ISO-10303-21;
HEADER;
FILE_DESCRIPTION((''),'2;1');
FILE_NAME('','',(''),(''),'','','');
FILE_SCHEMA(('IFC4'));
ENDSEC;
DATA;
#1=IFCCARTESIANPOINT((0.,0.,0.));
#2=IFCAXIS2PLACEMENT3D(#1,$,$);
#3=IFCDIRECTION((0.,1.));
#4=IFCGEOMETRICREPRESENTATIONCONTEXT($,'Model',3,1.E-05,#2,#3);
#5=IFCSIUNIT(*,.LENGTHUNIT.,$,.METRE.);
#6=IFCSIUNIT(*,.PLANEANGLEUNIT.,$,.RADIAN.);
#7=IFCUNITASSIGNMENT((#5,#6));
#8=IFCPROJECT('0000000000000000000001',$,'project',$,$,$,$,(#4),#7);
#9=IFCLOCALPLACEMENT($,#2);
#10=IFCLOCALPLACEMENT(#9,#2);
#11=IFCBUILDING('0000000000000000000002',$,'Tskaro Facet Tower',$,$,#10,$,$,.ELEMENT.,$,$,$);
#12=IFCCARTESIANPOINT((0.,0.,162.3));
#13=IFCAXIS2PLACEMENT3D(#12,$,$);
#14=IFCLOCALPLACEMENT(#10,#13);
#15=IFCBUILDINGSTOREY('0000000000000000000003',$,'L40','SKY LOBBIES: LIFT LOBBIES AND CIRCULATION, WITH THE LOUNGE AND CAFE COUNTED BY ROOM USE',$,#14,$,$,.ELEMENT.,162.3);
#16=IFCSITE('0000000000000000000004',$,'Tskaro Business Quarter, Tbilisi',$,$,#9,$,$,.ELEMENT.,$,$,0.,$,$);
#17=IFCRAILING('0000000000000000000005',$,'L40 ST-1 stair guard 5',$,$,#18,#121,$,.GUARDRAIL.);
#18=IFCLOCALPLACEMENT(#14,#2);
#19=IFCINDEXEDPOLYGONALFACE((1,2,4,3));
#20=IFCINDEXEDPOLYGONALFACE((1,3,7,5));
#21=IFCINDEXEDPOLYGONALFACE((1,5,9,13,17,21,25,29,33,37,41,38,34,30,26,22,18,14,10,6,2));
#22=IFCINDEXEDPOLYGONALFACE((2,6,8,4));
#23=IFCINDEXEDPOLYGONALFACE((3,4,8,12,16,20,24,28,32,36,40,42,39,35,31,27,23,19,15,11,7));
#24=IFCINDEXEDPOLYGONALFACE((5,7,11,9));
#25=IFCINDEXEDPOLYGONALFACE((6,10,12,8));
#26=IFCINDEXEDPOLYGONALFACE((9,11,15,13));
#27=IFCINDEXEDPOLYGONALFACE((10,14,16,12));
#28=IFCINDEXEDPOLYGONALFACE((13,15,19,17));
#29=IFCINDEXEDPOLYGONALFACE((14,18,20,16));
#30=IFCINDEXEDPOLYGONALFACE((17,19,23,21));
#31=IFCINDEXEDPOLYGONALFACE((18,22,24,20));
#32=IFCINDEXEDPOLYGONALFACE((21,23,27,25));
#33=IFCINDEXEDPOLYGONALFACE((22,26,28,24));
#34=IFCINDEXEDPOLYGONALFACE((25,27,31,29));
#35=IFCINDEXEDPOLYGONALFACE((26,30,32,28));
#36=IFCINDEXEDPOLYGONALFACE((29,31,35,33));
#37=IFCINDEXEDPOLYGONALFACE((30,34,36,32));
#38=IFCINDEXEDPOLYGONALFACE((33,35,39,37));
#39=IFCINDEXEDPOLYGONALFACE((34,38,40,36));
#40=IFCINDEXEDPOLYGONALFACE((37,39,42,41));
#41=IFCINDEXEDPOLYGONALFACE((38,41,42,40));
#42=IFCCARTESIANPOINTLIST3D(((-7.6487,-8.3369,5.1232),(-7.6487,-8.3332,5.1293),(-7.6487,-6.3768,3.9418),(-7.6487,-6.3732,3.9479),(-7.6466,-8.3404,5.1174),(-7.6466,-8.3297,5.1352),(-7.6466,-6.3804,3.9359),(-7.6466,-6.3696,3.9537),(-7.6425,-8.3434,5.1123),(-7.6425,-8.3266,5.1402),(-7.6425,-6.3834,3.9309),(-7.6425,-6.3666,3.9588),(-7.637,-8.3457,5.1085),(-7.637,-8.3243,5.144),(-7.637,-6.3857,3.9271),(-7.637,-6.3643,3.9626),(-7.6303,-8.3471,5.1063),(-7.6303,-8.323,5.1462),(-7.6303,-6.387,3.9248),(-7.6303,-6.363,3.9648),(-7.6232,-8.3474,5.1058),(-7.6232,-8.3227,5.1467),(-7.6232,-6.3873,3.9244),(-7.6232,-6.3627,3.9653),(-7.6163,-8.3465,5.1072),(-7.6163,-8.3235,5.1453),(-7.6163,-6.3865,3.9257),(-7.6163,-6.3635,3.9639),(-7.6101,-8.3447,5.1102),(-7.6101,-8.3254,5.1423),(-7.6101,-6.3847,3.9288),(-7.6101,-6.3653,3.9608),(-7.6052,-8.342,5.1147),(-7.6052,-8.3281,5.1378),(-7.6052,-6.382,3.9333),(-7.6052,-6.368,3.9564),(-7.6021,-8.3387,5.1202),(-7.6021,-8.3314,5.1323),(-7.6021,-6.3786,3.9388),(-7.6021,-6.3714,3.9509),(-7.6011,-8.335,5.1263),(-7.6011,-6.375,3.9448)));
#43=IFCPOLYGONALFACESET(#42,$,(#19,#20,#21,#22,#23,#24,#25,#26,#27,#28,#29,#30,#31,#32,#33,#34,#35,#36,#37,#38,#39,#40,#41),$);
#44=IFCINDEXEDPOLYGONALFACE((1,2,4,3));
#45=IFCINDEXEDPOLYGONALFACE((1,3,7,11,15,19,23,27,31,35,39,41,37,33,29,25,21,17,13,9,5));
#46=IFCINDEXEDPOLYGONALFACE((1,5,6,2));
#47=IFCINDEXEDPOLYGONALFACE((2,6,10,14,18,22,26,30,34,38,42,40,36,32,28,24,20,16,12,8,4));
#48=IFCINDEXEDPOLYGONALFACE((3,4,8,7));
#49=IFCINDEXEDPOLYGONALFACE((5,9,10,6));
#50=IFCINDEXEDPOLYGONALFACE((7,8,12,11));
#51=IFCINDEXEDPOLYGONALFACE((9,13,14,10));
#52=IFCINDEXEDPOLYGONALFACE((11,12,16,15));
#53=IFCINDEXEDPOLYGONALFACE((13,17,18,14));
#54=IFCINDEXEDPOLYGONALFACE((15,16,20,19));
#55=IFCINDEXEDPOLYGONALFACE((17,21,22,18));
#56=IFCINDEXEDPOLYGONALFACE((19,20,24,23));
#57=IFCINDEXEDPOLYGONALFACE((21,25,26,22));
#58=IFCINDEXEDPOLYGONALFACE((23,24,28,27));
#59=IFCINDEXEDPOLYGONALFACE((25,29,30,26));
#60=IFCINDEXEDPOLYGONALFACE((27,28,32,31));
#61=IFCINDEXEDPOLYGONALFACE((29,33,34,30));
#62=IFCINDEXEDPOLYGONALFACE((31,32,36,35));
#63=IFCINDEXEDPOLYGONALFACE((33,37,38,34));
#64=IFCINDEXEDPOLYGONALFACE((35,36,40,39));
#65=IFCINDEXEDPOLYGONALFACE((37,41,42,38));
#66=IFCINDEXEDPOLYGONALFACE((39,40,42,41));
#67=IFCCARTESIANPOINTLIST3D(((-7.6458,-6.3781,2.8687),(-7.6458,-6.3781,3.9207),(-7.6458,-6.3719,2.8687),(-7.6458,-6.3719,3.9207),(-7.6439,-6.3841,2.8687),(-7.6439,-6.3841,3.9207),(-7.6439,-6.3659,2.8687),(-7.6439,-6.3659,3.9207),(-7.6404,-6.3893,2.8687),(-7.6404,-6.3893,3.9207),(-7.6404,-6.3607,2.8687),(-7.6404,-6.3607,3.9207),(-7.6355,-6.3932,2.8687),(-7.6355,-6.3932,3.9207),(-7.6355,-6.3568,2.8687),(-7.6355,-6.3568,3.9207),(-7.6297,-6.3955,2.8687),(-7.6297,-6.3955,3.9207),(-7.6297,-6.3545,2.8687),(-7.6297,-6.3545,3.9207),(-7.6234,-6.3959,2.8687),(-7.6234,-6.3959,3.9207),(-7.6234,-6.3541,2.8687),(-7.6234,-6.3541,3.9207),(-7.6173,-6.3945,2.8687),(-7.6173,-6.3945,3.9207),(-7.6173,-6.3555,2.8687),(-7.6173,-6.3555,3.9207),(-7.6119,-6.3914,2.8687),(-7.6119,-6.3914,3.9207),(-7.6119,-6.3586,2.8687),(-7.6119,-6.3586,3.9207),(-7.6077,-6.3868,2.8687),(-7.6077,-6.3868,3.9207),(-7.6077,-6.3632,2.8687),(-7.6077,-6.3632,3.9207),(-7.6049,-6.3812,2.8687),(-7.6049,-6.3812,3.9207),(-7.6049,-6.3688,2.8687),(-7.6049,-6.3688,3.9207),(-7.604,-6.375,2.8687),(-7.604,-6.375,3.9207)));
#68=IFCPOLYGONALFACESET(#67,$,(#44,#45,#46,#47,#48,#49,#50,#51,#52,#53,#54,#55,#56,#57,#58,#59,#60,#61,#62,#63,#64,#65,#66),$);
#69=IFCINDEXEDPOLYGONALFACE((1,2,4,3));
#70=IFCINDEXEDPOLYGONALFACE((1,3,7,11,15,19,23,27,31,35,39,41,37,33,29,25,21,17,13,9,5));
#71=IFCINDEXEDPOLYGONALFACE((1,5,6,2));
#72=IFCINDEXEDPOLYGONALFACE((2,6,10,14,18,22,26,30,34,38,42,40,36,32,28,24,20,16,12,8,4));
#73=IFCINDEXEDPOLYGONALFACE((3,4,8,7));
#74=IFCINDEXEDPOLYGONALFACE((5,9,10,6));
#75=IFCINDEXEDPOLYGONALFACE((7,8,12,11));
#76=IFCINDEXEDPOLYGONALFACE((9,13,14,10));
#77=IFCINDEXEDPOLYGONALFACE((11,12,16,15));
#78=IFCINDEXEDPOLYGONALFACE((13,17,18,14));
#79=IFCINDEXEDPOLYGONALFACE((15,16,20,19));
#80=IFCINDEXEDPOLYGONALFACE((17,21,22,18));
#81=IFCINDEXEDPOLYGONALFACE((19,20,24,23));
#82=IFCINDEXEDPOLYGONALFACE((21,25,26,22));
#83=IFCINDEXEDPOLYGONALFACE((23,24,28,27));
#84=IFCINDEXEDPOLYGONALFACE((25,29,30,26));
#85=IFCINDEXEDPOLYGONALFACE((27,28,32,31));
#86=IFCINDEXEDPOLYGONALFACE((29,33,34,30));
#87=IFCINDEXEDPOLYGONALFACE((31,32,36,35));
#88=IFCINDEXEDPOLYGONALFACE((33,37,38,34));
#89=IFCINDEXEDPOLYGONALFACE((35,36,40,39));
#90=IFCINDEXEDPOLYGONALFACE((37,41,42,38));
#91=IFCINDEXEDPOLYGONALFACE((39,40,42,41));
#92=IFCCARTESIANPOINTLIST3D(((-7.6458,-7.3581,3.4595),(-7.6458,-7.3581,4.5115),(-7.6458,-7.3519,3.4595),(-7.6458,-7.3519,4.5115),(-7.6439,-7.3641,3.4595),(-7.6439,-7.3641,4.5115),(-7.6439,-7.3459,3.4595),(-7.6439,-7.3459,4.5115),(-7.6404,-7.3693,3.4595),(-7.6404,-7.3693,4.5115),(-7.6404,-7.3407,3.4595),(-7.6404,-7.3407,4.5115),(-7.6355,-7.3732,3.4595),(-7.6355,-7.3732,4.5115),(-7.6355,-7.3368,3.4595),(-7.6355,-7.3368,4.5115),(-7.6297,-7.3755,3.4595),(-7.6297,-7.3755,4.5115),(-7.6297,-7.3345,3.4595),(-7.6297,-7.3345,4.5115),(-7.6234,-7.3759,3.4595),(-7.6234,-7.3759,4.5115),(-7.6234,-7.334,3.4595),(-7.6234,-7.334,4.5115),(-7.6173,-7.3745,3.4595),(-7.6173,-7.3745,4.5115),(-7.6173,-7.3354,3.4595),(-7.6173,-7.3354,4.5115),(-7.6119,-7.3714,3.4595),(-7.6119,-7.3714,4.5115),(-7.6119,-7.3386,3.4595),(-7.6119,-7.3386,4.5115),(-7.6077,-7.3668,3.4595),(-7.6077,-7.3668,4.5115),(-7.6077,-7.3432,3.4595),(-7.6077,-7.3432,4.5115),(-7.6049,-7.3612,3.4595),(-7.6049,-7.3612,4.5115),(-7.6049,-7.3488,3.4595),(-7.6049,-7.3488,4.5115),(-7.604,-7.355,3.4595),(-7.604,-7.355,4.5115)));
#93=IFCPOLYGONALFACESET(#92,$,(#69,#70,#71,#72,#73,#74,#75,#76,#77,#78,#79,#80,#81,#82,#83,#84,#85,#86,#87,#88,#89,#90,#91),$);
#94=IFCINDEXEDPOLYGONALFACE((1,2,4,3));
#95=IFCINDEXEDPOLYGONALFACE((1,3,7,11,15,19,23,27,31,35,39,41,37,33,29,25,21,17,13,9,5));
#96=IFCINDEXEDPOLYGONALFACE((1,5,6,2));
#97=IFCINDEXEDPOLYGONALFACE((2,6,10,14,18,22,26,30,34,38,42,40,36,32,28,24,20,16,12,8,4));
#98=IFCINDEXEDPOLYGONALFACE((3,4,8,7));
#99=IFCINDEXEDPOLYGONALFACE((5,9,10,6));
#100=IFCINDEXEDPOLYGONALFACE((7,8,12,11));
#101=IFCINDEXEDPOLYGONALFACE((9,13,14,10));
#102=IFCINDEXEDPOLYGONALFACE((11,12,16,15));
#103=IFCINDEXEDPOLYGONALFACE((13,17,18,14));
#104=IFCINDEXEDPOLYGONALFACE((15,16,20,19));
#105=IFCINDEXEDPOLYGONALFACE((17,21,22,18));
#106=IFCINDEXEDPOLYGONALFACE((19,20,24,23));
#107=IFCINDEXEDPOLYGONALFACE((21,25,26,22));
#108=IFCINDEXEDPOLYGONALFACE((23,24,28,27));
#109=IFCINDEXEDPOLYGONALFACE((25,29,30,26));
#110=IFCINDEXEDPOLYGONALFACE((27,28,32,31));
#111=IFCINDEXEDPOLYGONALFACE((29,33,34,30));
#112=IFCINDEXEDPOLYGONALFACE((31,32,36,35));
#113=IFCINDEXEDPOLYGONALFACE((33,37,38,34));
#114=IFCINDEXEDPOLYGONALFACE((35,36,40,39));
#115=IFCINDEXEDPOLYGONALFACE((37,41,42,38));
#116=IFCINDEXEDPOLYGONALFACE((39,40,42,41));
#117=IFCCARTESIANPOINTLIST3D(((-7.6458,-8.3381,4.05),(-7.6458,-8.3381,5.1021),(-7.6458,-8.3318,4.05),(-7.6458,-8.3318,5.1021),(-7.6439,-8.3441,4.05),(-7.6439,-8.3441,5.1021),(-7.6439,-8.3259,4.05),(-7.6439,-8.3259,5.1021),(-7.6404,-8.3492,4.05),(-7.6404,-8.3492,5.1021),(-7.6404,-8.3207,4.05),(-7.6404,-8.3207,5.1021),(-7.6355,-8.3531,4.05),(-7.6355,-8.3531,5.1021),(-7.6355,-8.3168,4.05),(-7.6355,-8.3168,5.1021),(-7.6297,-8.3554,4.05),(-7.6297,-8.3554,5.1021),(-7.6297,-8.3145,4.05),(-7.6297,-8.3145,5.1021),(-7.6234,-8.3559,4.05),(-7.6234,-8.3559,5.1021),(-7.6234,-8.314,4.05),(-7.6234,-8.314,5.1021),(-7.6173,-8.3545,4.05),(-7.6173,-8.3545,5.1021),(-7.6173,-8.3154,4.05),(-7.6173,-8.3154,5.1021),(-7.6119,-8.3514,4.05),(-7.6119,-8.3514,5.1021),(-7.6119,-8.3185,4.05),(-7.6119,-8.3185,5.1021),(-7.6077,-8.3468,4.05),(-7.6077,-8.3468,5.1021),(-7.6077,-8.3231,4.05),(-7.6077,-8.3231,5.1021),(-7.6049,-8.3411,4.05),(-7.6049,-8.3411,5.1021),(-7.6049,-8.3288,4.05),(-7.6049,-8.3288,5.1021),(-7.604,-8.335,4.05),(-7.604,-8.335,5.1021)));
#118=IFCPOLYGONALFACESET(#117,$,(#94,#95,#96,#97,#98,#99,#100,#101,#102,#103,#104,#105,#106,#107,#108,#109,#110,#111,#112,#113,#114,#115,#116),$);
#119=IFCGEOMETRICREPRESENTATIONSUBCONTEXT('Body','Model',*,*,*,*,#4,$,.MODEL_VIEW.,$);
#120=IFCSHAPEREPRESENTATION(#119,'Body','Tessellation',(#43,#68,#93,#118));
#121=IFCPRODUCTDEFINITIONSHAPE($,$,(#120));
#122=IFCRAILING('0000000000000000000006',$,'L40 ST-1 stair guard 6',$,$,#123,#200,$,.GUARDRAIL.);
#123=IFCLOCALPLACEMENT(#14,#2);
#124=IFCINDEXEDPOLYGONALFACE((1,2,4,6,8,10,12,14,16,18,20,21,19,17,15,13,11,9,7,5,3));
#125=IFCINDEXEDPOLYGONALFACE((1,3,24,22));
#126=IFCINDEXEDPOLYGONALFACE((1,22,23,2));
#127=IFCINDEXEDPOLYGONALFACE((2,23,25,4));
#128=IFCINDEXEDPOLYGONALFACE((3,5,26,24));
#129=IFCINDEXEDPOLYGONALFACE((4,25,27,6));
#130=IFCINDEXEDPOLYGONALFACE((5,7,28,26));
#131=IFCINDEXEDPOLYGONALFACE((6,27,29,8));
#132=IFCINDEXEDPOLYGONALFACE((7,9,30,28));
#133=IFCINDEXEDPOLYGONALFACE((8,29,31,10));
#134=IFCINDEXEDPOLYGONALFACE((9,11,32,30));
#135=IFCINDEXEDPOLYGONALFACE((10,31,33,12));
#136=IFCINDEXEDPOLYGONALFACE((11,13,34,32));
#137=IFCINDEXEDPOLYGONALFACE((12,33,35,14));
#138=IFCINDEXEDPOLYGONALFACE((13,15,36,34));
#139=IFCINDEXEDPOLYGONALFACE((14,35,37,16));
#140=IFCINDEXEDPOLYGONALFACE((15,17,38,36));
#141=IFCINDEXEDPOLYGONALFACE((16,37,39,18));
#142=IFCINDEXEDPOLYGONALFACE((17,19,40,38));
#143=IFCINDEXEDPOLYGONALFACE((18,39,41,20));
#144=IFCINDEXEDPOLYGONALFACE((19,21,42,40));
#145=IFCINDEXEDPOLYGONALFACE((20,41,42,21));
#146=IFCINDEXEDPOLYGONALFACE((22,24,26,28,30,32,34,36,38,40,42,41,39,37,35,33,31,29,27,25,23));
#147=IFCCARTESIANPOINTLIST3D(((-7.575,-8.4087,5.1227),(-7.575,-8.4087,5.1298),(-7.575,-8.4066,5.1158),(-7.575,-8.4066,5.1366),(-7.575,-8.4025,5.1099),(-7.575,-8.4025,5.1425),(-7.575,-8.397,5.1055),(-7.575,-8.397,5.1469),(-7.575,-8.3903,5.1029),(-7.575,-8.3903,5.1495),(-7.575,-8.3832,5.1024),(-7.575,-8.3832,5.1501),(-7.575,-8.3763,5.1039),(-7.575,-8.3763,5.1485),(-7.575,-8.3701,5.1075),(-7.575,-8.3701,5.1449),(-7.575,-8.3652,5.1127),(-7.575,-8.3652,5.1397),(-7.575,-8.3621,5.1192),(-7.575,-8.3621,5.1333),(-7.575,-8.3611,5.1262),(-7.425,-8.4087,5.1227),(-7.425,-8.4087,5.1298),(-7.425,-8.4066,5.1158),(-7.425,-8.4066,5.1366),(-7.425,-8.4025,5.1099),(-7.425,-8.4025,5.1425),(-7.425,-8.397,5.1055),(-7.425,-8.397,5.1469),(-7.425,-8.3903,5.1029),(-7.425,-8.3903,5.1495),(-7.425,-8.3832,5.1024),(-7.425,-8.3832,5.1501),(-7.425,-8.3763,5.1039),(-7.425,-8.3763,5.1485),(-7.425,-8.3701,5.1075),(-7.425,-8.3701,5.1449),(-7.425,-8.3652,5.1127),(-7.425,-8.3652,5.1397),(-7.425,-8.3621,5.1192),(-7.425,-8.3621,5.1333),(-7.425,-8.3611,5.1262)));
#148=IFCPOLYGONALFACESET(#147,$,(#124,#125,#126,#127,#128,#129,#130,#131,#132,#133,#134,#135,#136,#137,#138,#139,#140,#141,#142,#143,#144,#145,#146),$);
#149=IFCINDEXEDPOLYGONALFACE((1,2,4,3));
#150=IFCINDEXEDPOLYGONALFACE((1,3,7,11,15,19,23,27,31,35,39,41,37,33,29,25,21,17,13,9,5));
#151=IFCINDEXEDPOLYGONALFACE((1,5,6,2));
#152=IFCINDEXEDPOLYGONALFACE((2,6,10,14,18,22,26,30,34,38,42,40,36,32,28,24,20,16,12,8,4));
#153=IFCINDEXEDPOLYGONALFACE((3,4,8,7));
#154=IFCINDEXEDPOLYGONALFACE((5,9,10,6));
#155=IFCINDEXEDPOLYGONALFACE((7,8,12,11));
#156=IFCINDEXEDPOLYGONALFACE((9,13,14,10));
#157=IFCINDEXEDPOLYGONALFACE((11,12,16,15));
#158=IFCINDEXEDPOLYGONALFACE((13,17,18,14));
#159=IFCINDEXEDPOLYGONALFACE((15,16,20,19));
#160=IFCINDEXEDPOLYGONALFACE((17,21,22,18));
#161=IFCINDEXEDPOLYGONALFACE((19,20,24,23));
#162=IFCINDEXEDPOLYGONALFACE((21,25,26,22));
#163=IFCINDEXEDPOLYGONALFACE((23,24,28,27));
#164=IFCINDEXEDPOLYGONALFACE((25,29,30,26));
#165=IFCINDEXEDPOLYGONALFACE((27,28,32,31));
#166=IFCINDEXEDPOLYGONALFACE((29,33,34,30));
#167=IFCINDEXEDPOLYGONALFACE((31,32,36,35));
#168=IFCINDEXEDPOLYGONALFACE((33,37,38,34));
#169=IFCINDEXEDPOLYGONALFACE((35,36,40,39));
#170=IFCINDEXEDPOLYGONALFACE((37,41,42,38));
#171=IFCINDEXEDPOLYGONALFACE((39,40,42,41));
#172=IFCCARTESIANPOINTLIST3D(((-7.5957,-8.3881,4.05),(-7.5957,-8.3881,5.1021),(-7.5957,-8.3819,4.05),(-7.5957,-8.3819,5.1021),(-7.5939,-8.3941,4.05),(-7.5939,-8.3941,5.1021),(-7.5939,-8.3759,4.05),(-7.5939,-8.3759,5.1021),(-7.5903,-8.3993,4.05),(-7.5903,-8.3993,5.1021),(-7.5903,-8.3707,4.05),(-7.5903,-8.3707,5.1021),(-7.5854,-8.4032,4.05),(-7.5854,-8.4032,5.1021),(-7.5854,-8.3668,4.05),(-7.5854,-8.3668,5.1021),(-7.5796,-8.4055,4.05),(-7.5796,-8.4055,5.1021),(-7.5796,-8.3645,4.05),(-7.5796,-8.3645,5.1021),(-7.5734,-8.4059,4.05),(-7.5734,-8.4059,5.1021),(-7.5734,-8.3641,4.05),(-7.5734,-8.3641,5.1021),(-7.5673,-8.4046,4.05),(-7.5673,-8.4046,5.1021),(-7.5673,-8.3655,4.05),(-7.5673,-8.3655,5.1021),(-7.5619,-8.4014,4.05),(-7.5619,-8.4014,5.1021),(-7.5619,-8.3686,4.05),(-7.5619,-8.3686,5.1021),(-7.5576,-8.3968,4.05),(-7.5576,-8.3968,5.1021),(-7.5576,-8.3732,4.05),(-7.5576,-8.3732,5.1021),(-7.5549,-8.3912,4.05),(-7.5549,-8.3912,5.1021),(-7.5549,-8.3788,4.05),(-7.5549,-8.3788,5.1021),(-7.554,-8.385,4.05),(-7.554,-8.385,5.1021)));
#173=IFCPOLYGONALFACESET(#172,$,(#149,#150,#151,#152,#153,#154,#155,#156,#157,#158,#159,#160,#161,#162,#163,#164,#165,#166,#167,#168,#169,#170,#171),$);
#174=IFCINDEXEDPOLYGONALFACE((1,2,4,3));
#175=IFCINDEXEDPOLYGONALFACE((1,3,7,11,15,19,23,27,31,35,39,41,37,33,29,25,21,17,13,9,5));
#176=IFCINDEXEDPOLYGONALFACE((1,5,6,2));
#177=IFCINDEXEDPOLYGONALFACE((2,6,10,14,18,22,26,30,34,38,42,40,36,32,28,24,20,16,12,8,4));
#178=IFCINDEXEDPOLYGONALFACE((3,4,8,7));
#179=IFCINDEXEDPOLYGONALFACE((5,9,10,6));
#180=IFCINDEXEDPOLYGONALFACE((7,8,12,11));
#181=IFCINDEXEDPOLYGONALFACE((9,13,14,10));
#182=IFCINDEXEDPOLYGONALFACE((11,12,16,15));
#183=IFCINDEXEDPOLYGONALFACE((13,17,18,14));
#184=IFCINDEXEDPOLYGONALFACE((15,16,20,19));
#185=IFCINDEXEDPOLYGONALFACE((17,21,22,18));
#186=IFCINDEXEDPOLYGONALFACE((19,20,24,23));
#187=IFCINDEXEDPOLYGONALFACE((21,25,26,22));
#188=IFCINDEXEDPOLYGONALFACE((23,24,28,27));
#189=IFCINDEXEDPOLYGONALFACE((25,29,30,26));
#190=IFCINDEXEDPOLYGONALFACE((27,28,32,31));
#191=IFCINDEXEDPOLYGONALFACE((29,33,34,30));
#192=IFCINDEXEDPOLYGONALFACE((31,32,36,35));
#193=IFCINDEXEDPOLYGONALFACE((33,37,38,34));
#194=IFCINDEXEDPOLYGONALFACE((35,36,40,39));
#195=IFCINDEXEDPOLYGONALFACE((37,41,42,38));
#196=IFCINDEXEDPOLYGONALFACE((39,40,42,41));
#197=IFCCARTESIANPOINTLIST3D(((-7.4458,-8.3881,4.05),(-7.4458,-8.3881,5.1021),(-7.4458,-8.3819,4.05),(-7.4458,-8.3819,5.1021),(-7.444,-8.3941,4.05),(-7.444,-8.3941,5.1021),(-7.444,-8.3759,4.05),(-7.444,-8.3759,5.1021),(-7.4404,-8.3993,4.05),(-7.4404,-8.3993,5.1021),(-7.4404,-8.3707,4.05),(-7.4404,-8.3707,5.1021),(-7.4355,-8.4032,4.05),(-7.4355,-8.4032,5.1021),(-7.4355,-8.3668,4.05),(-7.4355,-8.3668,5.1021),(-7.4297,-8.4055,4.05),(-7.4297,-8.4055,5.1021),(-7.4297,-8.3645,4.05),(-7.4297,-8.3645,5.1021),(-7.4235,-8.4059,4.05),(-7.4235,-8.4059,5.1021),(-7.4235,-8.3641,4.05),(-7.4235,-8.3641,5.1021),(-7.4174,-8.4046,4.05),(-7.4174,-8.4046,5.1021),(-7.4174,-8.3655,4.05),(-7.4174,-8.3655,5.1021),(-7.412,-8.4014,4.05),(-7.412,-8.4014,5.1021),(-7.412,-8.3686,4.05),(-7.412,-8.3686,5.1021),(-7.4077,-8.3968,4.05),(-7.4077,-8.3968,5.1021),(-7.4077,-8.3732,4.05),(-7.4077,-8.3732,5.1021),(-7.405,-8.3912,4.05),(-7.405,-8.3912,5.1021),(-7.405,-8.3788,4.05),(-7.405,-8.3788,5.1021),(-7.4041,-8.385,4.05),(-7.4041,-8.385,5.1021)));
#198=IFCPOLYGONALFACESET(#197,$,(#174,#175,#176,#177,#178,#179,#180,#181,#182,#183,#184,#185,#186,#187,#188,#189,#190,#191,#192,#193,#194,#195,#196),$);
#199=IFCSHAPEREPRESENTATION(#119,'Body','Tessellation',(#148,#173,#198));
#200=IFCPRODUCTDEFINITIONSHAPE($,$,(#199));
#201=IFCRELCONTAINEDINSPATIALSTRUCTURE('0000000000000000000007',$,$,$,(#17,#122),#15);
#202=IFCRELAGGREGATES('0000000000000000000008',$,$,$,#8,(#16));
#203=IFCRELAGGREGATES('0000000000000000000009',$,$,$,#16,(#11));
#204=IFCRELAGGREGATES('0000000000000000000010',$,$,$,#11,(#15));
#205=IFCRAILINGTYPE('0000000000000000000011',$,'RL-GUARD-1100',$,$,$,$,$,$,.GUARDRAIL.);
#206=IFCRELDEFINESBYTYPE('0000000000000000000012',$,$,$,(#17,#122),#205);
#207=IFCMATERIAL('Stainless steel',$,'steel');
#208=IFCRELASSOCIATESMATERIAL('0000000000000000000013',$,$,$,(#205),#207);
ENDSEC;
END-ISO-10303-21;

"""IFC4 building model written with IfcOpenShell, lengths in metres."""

from ifc_helpers import new_model, si_unit, direction, frame, origin, origin_2d, place, context, subcontext, project, spatial, circle, extrude, material, type_object, element, save


model = new_model("IFC4")

# Units and contexts
model_context = context("Model", 3, precision=1e-05, world=origin(), true_north=direction((0.0, 1.0)))
body_context = subcontext(model_context, "Body", "Model", "MODEL_VIEW")
ifc_project = project(units=[si_unit("LENGTHUNIT", "METRE"), si_unit("PLANEANGLEUNIT", "RADIAN")], contexts=[model_context])

# Site, building, storey
site_placement = place(None, origin())
site = spatial("IfcSite", under=ifc_project, at=site_placement, Name="Tskaro Business Quarter, Tbilisi", CompositionType="ELEMENT", RefElevation=0.0)
building_placement = place(site_placement, origin())
building = spatial("IfcBuilding", under=site, at=building_placement, Name="Tskaro Facet Tower", CompositionType="ELEMENT")
storey_placement = place(building_placement, frame((0.0, 0.0, 162.3)))
storey = spatial("IfcBuildingStorey", under=building, at=storey_placement, Name="L40", Description="SKY LOBBIES: LIFT LOBBIES AND CIRCULATION, WITH THE LOUNGE AND CAFE COUNTED BY ROOM USE", CompositionType="ELEMENT", Elevation=162.3)

# Shared definitions
ifc_material_1 = material(Name="Stainless steel", Category="steel")

# Railings
railing_type_1 = type_object("IfcRailingType", Name="RL-GUARD-1100", PredefinedType="GUARDRAIL", material=ifc_material_1)
railing_1_placement = place(storey_placement, frame((-7.625, -6.375, 2.8687)))
element("IfcRailing", 1, at=railing_1_placement, inside=storey, type_object=railing_type_1, Name="L40 ST-1 stair guard 5", PredefinedType="GUARDRAIL", context=body_context, shape_type="SweptSolid", body=[
    extrude(circle(Radius=0.0239, at=origin_2d()), frame((0.0, 0.0, 1.0762), z_axis=(0.0, -0.856446, 0.516236), x_axis=(1.0, 0.0, 0.0)), (0.0, 0.0, 1.0), 2.2886),
    extrude(circle(Radius=0.021, at=origin_2d()), origin(), (0.0, 0.0, 1.0), 1.052),
    extrude(circle(Radius=0.021, at=origin_2d()), frame((0.0, -0.98, 0.5908)), (0.0, 0.0, 1.0), 1.052),
    extrude(circle(Radius=0.021, at=origin_2d()), frame((0.0, -1.96, 1.1814)), (0.0, 0.0, 1.0), 1.052),
])
railing_2_placement = place(storey_placement, frame((-7.575, -8.385, 4.05)))
element("IfcRailing", 2, at=railing_2_placement, inside=storey, type_object=railing_type_1, Name="L40 ST-1 stair guard 6", PredefinedType="GUARDRAIL", context=body_context, shape_type="SweptSolid", body=[
    extrude(circle(Radius=0.0239, at=origin_2d()), frame((0.0, 0.0, 1.0762), z_axis=(1.0, 0.0, 0.0), x_axis=(0.0, 1.0, 0.0)), (0.0, 0.0, 1.0), 0.1499),
    extrude(circle(Radius=0.021, at=origin_2d()), origin(), (0.0, 0.0, 1.0), 1.052),
    extrude(circle(Radius=0.021, at=origin_2d()), frame((0.1499, 0.0, 0.0)), (0.0, 0.0, 1.0), 1.052),
])

save(model, "model.ifc")
